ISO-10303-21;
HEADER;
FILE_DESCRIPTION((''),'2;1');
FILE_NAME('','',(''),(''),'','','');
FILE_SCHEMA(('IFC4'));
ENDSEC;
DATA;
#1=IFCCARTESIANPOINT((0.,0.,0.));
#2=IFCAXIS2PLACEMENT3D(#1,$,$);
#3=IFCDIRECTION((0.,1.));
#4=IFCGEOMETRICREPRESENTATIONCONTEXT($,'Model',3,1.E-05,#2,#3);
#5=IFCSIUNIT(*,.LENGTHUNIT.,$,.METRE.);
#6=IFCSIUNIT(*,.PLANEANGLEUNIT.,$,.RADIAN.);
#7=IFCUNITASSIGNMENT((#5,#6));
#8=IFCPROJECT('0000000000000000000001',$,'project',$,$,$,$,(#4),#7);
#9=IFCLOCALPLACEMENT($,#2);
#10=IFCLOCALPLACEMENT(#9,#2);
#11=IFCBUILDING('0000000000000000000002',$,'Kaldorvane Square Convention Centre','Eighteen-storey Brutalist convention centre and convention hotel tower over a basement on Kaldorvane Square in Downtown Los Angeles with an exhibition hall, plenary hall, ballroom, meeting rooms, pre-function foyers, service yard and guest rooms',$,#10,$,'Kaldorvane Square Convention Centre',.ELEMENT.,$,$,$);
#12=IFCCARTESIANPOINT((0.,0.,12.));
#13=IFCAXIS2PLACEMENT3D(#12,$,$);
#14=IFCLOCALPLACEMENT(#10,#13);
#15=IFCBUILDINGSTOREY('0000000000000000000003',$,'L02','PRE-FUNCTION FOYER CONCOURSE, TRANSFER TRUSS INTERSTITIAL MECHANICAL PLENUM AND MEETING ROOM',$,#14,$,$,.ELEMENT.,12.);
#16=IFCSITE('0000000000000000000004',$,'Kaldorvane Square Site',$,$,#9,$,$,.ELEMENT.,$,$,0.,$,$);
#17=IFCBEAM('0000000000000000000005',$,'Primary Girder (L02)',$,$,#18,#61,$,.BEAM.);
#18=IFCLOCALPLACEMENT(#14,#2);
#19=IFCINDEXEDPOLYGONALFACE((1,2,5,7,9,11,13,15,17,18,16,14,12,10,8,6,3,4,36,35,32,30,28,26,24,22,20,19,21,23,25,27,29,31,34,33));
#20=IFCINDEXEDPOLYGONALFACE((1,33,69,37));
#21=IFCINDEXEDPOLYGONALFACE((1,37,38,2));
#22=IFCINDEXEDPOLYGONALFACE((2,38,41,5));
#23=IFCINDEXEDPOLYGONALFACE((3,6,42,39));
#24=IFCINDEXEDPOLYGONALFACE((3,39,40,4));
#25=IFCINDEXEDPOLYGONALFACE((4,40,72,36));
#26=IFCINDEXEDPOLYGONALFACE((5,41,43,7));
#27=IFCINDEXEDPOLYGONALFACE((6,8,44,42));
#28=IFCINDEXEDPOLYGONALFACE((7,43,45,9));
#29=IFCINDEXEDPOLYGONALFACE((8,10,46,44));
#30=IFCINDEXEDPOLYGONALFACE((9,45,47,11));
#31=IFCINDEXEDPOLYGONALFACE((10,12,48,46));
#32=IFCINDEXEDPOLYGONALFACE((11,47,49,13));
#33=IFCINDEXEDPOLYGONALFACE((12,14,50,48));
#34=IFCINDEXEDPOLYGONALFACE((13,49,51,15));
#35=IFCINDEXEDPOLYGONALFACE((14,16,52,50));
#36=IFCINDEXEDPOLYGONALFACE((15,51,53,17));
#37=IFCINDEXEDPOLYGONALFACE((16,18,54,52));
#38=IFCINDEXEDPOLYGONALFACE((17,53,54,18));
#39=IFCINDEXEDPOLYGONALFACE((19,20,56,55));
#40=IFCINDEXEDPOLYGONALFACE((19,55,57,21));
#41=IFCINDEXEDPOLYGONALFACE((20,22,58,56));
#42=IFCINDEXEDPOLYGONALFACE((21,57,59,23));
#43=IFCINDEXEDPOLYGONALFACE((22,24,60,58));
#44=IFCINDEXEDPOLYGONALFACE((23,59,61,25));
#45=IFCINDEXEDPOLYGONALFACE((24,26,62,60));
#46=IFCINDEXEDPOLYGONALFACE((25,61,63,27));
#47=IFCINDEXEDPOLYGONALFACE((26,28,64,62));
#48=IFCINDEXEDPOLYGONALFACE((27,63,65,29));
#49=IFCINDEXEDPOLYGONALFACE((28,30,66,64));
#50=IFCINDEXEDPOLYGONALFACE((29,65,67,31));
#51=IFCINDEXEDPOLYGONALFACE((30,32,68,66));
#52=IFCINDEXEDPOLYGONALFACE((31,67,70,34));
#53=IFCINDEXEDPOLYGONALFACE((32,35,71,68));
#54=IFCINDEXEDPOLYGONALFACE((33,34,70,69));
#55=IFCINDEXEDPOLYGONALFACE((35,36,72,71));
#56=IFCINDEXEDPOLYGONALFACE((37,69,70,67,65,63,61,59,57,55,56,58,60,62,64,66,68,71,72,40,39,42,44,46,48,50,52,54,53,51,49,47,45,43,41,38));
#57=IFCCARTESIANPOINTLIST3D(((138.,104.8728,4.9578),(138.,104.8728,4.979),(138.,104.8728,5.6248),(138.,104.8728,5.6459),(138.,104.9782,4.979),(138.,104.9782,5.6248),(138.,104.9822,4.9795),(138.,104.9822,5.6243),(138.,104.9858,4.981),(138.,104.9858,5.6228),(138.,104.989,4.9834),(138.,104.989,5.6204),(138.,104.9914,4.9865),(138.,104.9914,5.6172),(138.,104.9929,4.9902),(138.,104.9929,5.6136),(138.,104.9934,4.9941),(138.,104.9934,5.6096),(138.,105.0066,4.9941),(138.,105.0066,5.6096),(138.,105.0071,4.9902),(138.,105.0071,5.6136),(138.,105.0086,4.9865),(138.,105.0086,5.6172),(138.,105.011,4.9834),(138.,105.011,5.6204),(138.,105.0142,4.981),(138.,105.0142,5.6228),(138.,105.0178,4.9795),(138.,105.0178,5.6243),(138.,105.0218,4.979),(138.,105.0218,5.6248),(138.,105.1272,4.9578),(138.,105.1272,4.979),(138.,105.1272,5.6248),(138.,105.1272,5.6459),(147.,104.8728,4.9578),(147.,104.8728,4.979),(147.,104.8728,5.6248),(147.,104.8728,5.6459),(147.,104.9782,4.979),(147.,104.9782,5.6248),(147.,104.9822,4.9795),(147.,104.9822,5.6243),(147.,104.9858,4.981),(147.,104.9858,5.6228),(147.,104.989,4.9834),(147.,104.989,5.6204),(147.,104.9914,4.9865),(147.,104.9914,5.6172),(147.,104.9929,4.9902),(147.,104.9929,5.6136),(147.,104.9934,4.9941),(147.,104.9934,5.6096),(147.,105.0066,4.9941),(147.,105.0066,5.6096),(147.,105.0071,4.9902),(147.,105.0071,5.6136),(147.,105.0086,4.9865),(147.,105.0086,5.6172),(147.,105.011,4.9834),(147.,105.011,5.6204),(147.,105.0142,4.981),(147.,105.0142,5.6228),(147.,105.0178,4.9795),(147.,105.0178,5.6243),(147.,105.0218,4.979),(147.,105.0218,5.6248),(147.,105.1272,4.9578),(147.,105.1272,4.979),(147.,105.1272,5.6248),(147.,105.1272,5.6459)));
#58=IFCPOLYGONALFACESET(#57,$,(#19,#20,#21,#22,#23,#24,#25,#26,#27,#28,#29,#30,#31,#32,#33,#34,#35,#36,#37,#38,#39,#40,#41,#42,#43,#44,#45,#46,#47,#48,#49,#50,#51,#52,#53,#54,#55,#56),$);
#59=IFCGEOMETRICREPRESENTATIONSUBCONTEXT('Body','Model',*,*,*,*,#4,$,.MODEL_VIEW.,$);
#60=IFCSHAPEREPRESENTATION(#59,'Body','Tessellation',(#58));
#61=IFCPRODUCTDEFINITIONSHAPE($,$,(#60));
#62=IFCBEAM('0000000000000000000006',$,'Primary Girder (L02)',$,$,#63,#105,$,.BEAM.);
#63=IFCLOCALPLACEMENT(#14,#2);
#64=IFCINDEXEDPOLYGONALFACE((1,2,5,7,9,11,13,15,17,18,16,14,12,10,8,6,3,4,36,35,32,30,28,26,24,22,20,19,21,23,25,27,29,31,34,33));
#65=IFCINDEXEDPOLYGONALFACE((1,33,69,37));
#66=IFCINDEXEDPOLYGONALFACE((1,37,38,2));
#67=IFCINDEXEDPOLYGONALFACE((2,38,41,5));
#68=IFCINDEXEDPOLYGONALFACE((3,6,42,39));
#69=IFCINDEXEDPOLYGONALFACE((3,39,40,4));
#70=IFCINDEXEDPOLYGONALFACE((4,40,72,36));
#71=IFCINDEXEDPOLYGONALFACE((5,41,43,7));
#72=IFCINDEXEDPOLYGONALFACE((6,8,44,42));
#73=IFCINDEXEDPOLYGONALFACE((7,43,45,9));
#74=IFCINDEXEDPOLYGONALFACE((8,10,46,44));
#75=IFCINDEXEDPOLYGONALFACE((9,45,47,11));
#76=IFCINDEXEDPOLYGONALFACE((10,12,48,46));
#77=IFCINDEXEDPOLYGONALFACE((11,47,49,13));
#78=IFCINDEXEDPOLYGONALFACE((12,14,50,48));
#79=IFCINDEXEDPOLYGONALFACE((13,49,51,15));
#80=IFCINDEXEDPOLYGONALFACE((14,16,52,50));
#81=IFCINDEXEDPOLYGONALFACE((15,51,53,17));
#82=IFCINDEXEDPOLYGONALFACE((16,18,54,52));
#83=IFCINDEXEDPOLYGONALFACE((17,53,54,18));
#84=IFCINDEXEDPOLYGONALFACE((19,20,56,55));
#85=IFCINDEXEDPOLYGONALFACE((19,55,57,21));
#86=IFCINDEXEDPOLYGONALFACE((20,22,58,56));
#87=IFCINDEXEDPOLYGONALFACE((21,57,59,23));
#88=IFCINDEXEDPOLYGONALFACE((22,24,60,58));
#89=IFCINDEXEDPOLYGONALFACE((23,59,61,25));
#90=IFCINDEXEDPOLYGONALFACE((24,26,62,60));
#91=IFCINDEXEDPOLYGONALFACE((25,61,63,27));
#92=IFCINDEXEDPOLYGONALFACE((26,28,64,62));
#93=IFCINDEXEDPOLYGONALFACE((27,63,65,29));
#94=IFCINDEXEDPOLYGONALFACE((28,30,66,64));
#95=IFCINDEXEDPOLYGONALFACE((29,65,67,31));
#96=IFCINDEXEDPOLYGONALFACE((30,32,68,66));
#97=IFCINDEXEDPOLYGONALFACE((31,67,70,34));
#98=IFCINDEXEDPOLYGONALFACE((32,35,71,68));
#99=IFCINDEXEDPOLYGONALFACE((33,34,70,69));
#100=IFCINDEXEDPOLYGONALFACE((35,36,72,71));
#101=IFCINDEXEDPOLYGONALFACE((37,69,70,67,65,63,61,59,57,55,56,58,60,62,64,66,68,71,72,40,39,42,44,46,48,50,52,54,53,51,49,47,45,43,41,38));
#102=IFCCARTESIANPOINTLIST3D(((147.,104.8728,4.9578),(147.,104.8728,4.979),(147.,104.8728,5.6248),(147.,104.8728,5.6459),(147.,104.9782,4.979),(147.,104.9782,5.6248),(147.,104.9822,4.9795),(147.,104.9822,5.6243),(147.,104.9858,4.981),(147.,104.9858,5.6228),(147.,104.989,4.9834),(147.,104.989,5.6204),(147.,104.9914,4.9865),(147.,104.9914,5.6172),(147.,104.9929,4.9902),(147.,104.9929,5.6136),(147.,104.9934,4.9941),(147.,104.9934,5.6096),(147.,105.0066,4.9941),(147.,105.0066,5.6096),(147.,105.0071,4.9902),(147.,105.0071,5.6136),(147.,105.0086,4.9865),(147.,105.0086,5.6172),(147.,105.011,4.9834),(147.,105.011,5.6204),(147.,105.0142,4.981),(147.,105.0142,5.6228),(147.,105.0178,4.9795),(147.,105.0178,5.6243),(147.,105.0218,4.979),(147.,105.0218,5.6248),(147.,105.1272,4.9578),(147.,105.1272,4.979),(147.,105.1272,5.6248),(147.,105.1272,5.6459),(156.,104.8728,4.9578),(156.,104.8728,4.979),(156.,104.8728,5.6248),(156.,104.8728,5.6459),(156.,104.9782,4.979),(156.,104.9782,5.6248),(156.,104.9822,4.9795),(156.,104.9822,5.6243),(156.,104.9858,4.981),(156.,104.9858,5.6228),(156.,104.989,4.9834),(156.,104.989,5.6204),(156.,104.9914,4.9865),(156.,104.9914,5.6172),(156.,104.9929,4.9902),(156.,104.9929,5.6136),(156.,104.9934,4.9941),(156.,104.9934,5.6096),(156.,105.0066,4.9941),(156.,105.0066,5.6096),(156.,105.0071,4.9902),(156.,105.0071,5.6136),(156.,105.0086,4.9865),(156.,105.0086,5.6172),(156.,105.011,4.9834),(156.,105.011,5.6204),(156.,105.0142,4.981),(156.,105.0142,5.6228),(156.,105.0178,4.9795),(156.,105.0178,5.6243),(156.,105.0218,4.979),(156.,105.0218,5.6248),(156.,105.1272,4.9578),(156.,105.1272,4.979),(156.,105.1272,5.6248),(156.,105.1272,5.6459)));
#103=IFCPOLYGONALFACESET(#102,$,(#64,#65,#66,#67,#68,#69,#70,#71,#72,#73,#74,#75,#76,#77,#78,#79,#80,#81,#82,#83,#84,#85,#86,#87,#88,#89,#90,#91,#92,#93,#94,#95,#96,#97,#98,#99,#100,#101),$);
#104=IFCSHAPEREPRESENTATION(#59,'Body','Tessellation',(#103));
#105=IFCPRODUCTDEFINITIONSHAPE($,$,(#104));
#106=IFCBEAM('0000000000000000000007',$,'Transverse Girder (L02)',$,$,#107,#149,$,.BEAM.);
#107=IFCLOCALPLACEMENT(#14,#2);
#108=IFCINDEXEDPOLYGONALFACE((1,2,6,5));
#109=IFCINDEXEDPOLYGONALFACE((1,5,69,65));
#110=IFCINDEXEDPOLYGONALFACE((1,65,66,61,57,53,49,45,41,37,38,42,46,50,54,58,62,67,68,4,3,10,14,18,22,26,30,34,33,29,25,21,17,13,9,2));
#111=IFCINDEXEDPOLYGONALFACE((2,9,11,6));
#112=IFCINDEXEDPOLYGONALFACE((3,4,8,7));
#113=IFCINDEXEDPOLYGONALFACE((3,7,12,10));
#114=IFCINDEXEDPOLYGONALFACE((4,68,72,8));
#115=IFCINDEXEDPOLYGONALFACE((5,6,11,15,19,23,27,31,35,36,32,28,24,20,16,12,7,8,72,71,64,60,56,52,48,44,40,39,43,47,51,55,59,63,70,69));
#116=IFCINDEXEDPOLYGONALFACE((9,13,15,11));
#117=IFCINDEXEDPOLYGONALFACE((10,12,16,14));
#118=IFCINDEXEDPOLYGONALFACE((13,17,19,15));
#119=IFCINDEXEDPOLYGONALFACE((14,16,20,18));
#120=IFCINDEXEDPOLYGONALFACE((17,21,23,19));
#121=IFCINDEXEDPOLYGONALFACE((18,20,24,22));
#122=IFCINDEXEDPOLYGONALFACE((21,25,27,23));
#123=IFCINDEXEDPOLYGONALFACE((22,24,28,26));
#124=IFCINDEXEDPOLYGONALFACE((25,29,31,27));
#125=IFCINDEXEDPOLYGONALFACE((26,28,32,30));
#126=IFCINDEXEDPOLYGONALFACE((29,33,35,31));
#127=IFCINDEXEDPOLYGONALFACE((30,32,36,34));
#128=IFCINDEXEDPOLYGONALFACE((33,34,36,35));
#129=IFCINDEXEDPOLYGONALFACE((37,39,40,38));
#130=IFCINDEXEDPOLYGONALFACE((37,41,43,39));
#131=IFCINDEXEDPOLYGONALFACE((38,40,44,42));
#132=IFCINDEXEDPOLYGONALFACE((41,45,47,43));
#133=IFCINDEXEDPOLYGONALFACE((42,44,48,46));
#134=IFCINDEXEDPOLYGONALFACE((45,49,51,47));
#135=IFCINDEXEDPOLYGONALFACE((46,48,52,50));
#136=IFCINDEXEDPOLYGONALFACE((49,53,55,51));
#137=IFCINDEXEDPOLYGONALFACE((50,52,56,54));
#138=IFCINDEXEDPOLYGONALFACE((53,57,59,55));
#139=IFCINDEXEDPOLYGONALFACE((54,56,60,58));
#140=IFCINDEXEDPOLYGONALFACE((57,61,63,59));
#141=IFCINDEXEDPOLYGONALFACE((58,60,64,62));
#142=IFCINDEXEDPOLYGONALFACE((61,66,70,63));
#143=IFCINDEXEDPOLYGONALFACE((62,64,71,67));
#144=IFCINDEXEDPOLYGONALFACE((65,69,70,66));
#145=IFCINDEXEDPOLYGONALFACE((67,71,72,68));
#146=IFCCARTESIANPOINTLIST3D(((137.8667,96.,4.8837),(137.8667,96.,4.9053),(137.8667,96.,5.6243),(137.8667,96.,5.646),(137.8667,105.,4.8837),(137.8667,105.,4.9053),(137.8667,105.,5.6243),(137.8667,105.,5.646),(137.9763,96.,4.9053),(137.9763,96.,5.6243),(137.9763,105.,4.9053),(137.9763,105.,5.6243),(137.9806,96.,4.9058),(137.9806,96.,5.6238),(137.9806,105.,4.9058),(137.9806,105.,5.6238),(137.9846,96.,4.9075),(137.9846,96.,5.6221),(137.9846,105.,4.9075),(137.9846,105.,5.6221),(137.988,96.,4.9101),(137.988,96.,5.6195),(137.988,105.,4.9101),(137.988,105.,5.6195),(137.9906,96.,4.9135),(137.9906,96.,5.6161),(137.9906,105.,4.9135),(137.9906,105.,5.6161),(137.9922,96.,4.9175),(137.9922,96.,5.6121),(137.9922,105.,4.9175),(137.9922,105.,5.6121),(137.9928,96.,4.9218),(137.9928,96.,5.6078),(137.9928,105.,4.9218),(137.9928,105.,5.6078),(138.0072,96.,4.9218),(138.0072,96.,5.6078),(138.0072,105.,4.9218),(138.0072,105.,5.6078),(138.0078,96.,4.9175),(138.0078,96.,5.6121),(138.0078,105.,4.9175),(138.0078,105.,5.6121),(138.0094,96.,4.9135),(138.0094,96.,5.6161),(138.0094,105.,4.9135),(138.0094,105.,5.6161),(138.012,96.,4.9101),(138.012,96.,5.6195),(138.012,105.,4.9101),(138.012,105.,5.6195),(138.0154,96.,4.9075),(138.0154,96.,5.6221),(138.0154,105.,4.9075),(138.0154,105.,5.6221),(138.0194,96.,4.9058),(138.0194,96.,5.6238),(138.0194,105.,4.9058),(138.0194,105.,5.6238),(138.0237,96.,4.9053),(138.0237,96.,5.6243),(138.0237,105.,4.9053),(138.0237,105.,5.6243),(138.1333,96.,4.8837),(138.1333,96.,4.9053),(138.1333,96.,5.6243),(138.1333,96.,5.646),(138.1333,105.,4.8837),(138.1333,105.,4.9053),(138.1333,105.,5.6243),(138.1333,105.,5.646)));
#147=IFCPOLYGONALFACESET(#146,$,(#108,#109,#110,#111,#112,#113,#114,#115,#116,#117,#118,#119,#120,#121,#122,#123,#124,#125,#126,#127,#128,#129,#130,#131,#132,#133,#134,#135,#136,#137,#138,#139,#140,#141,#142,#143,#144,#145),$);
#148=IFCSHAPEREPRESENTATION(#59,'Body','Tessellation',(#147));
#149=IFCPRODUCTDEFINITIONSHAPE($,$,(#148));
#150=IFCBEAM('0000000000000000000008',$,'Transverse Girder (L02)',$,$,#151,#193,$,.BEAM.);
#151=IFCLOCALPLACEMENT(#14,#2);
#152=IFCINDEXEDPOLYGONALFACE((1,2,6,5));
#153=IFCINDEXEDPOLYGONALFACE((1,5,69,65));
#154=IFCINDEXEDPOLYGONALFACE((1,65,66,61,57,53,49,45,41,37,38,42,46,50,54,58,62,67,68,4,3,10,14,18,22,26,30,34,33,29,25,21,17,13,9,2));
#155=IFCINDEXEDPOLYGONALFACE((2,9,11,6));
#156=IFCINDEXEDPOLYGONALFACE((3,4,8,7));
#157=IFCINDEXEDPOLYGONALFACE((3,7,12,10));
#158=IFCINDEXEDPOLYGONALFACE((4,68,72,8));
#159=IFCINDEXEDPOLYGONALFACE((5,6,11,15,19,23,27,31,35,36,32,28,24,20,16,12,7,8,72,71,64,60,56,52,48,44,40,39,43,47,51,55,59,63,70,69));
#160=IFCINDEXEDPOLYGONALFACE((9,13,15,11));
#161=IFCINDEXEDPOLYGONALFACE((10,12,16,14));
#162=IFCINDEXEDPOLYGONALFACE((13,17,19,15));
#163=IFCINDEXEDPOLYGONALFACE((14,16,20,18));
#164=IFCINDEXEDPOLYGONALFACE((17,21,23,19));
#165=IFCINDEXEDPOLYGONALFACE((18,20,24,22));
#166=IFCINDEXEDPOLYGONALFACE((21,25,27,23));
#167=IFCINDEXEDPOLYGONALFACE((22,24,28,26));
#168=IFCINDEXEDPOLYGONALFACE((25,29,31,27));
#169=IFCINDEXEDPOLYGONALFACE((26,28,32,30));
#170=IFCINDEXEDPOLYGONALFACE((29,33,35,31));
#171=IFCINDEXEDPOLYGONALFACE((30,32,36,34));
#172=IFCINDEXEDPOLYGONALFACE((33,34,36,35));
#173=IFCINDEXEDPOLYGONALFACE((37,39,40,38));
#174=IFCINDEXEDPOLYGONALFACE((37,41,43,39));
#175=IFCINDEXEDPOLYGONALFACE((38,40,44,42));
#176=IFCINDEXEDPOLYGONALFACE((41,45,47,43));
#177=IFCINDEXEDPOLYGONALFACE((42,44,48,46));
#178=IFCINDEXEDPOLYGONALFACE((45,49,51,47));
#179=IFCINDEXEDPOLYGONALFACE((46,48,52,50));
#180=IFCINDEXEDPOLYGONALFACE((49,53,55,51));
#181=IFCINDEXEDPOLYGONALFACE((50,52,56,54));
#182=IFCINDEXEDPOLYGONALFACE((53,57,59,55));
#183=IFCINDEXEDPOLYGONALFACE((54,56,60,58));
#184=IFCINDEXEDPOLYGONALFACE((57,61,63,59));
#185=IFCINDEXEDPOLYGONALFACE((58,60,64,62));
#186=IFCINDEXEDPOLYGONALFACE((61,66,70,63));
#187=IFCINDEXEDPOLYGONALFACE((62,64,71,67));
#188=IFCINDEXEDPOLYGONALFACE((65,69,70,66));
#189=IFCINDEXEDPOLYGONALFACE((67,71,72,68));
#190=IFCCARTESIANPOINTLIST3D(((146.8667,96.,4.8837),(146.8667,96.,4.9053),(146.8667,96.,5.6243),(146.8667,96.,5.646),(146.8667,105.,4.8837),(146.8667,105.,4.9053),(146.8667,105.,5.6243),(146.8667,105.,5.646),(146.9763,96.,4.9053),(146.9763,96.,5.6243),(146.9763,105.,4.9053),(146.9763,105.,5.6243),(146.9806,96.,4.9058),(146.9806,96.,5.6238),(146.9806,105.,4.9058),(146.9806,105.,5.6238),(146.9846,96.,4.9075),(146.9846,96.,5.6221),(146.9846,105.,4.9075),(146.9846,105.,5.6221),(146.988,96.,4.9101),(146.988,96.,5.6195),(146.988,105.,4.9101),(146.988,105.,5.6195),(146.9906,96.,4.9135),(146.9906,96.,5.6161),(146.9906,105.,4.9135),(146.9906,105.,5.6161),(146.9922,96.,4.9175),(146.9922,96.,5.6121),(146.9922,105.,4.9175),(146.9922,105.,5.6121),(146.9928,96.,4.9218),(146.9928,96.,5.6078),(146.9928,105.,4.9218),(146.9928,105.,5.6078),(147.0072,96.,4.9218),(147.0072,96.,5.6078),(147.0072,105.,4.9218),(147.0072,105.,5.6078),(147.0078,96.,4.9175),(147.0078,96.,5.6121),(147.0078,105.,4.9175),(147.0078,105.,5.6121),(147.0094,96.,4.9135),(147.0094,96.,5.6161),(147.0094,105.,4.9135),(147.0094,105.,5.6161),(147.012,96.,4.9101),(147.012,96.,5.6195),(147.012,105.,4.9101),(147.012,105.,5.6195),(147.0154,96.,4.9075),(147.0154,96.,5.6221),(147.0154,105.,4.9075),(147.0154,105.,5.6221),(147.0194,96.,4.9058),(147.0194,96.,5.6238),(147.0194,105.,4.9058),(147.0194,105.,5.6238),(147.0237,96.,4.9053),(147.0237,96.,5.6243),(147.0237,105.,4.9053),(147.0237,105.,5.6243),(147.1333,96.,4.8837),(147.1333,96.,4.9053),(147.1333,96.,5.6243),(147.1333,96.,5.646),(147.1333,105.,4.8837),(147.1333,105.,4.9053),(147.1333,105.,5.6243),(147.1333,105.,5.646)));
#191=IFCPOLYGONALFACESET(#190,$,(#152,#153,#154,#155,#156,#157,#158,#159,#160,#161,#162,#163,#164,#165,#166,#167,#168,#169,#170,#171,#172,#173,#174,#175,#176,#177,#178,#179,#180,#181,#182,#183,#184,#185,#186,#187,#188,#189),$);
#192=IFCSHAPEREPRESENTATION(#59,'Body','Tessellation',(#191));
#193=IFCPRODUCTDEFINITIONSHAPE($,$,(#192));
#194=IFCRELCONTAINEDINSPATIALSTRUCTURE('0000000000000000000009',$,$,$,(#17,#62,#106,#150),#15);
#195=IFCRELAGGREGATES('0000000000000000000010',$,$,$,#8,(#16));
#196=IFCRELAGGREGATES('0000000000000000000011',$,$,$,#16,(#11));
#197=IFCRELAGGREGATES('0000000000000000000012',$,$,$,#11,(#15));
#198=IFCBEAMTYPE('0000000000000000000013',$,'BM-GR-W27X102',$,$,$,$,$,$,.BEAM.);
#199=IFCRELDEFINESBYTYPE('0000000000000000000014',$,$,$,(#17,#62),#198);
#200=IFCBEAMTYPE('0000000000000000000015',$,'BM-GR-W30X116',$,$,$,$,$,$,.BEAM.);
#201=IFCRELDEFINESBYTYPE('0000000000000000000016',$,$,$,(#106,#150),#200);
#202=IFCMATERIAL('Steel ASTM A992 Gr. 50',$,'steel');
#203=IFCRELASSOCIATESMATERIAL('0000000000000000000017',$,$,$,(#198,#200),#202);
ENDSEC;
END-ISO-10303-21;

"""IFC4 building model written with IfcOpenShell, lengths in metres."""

from ifc_helpers import new_model, si_unit, direction, frame, origin, origin_2d, place, context, subcontext, project, spatial, i_section, extrude, material, material_profile, profile_set, type_object, element, save


model = new_model("IFC4")

# Units and contexts
model_context = context("Model", 3, precision=1e-05, world=origin(), true_north=direction((0.0, 1.0)))
body_context = subcontext(model_context, "Body", "Model", "MODEL_VIEW")
ifc_project = project(units=[si_unit("LENGTHUNIT", "METRE"), si_unit("PLANEANGLEUNIT", "RADIAN")], contexts=[model_context])

# Site, building, storey
site_placement = place(None, origin())
site = spatial("IfcSite", under=ifc_project, at=site_placement, Name="Kaldorvane Square Site", CompositionType="ELEMENT", RefElevation=0.0)
building_placement = place(site_placement, origin())
building = spatial("IfcBuilding", under=site, at=building_placement, Name="Kaldorvane Square Convention Centre", Description="Eighteen-storey Brutalist convention centre and convention hotel tower over a basement on Kaldorvane Square in Downtown Los Angeles with an exhibition hall, plenary hall, ballroom, meeting rooms, pre-function foyers, service yard and guest rooms", LongName="Kaldorvane Square Convention Centre", CompositionType="ELEMENT")
storey_placement = place(building_placement, frame((0.0, 0.0, 12.0)))
storey = spatial("IfcBuildingStorey", under=building, at=storey_placement, Name="L02", Description="PRE-FUNCTION FOYER CONCOURSE, TRANSFER TRUSS INTERSTITIAL MECHANICAL PLENUM AND MEETING ROOM", CompositionType="ELEMENT", Elevation=12.0)

# Shared definitions
ifc_material_1 = material(Name="Steel ASTM A992 Gr. 50", Category="steel")

# Beams
ifc_material_profile_1 = material_profile(ifc_material_1, i_section(OverallWidth=0.2544, OverallDepth=0.6881, WebThickness=0.0131, FlangeThickness=0.0211, FilletRadius=0.0152, at=origin_2d()), Name="W27X102")
ifc_profile_set_1 = profile_set([ifc_material_profile_1], Name="Steel ASTM A992 Gr. 50")
beam_type_1 = type_object("IfcBeamType", Name="BM-GR-W27X102", PredefinedType="BEAM", material=ifc_profile_set_1)
for number, where, z_axis, x_axis, name in (
    (1, (138.0, 105.0, 5.3019), (1.0, 0.0, 0.0), (0.0, 1.0, 0.0), "Primary Girder (L02)"),
    (2, (147.0, 105.0, 5.3019), (1.0, 0.0, 0.0), (0.0, 1.0, 0.0), "Primary Girder (L02)"),
):
    element("IfcBeam", number, at=place(storey_placement, frame(where, z_axis=z_axis, x_axis=x_axis)), inside=storey, type_object=beam_type_1, Name=name, PredefinedType="BEAM", context=body_context, shape_type="SweptSolid", body=[
        extrude(i_section(OverallWidth=0.2544, OverallDepth=0.6881, WebThickness=0.0131, FlangeThickness=0.0211, FilletRadius=0.0152, at=origin_2d()), origin(), (0.0, 0.0, 1.0), 9.0),
    ])
ifc_material_profile_2 = material_profile(ifc_material_1, i_section(OverallWidth=0.2666, OverallDepth=0.7623, WebThickness=0.0144, FlangeThickness=0.0216, FilletRadius=0.0165, at=origin_2d()), Name="W30X116")
ifc_profile_set_2 = profile_set([ifc_material_profile_2], Name="Steel ASTM A992 Gr. 50")
beam_type_2 = type_object("IfcBeamType", Name="BM-GR-W30X116", PredefinedType="BEAM", material=ifc_profile_set_2)
for number, where, z_axis, x_axis, name in (
    (3, (138.0, 96.0, 5.2648), (0.0, 1.0, 0.0), (-1.0, 0.0, 0.0), "Transverse Girder (L02)"),
    (4, (147.0, 96.0, 5.2648), (0.0, 1.0, 0.0), (-1.0, 0.0, 0.0), "Transverse Girder (L02)"),
):
    element("IfcBeam", number, at=place(storey_placement, frame(where, z_axis=z_axis, x_axis=x_axis)), inside=storey, type_object=beam_type_2, Name=name, PredefinedType="BEAM", context=body_context, shape_type="SweptSolid", body=[
        extrude(i_section(OverallWidth=0.2666, OverallDepth=0.7623, WebThickness=0.0144, FlangeThickness=0.0216, FilletRadius=0.0165, at=origin_2d()), origin(), (0.0, 0.0, 1.0), 9.0),
    ])

save(model, "model.ifc")
